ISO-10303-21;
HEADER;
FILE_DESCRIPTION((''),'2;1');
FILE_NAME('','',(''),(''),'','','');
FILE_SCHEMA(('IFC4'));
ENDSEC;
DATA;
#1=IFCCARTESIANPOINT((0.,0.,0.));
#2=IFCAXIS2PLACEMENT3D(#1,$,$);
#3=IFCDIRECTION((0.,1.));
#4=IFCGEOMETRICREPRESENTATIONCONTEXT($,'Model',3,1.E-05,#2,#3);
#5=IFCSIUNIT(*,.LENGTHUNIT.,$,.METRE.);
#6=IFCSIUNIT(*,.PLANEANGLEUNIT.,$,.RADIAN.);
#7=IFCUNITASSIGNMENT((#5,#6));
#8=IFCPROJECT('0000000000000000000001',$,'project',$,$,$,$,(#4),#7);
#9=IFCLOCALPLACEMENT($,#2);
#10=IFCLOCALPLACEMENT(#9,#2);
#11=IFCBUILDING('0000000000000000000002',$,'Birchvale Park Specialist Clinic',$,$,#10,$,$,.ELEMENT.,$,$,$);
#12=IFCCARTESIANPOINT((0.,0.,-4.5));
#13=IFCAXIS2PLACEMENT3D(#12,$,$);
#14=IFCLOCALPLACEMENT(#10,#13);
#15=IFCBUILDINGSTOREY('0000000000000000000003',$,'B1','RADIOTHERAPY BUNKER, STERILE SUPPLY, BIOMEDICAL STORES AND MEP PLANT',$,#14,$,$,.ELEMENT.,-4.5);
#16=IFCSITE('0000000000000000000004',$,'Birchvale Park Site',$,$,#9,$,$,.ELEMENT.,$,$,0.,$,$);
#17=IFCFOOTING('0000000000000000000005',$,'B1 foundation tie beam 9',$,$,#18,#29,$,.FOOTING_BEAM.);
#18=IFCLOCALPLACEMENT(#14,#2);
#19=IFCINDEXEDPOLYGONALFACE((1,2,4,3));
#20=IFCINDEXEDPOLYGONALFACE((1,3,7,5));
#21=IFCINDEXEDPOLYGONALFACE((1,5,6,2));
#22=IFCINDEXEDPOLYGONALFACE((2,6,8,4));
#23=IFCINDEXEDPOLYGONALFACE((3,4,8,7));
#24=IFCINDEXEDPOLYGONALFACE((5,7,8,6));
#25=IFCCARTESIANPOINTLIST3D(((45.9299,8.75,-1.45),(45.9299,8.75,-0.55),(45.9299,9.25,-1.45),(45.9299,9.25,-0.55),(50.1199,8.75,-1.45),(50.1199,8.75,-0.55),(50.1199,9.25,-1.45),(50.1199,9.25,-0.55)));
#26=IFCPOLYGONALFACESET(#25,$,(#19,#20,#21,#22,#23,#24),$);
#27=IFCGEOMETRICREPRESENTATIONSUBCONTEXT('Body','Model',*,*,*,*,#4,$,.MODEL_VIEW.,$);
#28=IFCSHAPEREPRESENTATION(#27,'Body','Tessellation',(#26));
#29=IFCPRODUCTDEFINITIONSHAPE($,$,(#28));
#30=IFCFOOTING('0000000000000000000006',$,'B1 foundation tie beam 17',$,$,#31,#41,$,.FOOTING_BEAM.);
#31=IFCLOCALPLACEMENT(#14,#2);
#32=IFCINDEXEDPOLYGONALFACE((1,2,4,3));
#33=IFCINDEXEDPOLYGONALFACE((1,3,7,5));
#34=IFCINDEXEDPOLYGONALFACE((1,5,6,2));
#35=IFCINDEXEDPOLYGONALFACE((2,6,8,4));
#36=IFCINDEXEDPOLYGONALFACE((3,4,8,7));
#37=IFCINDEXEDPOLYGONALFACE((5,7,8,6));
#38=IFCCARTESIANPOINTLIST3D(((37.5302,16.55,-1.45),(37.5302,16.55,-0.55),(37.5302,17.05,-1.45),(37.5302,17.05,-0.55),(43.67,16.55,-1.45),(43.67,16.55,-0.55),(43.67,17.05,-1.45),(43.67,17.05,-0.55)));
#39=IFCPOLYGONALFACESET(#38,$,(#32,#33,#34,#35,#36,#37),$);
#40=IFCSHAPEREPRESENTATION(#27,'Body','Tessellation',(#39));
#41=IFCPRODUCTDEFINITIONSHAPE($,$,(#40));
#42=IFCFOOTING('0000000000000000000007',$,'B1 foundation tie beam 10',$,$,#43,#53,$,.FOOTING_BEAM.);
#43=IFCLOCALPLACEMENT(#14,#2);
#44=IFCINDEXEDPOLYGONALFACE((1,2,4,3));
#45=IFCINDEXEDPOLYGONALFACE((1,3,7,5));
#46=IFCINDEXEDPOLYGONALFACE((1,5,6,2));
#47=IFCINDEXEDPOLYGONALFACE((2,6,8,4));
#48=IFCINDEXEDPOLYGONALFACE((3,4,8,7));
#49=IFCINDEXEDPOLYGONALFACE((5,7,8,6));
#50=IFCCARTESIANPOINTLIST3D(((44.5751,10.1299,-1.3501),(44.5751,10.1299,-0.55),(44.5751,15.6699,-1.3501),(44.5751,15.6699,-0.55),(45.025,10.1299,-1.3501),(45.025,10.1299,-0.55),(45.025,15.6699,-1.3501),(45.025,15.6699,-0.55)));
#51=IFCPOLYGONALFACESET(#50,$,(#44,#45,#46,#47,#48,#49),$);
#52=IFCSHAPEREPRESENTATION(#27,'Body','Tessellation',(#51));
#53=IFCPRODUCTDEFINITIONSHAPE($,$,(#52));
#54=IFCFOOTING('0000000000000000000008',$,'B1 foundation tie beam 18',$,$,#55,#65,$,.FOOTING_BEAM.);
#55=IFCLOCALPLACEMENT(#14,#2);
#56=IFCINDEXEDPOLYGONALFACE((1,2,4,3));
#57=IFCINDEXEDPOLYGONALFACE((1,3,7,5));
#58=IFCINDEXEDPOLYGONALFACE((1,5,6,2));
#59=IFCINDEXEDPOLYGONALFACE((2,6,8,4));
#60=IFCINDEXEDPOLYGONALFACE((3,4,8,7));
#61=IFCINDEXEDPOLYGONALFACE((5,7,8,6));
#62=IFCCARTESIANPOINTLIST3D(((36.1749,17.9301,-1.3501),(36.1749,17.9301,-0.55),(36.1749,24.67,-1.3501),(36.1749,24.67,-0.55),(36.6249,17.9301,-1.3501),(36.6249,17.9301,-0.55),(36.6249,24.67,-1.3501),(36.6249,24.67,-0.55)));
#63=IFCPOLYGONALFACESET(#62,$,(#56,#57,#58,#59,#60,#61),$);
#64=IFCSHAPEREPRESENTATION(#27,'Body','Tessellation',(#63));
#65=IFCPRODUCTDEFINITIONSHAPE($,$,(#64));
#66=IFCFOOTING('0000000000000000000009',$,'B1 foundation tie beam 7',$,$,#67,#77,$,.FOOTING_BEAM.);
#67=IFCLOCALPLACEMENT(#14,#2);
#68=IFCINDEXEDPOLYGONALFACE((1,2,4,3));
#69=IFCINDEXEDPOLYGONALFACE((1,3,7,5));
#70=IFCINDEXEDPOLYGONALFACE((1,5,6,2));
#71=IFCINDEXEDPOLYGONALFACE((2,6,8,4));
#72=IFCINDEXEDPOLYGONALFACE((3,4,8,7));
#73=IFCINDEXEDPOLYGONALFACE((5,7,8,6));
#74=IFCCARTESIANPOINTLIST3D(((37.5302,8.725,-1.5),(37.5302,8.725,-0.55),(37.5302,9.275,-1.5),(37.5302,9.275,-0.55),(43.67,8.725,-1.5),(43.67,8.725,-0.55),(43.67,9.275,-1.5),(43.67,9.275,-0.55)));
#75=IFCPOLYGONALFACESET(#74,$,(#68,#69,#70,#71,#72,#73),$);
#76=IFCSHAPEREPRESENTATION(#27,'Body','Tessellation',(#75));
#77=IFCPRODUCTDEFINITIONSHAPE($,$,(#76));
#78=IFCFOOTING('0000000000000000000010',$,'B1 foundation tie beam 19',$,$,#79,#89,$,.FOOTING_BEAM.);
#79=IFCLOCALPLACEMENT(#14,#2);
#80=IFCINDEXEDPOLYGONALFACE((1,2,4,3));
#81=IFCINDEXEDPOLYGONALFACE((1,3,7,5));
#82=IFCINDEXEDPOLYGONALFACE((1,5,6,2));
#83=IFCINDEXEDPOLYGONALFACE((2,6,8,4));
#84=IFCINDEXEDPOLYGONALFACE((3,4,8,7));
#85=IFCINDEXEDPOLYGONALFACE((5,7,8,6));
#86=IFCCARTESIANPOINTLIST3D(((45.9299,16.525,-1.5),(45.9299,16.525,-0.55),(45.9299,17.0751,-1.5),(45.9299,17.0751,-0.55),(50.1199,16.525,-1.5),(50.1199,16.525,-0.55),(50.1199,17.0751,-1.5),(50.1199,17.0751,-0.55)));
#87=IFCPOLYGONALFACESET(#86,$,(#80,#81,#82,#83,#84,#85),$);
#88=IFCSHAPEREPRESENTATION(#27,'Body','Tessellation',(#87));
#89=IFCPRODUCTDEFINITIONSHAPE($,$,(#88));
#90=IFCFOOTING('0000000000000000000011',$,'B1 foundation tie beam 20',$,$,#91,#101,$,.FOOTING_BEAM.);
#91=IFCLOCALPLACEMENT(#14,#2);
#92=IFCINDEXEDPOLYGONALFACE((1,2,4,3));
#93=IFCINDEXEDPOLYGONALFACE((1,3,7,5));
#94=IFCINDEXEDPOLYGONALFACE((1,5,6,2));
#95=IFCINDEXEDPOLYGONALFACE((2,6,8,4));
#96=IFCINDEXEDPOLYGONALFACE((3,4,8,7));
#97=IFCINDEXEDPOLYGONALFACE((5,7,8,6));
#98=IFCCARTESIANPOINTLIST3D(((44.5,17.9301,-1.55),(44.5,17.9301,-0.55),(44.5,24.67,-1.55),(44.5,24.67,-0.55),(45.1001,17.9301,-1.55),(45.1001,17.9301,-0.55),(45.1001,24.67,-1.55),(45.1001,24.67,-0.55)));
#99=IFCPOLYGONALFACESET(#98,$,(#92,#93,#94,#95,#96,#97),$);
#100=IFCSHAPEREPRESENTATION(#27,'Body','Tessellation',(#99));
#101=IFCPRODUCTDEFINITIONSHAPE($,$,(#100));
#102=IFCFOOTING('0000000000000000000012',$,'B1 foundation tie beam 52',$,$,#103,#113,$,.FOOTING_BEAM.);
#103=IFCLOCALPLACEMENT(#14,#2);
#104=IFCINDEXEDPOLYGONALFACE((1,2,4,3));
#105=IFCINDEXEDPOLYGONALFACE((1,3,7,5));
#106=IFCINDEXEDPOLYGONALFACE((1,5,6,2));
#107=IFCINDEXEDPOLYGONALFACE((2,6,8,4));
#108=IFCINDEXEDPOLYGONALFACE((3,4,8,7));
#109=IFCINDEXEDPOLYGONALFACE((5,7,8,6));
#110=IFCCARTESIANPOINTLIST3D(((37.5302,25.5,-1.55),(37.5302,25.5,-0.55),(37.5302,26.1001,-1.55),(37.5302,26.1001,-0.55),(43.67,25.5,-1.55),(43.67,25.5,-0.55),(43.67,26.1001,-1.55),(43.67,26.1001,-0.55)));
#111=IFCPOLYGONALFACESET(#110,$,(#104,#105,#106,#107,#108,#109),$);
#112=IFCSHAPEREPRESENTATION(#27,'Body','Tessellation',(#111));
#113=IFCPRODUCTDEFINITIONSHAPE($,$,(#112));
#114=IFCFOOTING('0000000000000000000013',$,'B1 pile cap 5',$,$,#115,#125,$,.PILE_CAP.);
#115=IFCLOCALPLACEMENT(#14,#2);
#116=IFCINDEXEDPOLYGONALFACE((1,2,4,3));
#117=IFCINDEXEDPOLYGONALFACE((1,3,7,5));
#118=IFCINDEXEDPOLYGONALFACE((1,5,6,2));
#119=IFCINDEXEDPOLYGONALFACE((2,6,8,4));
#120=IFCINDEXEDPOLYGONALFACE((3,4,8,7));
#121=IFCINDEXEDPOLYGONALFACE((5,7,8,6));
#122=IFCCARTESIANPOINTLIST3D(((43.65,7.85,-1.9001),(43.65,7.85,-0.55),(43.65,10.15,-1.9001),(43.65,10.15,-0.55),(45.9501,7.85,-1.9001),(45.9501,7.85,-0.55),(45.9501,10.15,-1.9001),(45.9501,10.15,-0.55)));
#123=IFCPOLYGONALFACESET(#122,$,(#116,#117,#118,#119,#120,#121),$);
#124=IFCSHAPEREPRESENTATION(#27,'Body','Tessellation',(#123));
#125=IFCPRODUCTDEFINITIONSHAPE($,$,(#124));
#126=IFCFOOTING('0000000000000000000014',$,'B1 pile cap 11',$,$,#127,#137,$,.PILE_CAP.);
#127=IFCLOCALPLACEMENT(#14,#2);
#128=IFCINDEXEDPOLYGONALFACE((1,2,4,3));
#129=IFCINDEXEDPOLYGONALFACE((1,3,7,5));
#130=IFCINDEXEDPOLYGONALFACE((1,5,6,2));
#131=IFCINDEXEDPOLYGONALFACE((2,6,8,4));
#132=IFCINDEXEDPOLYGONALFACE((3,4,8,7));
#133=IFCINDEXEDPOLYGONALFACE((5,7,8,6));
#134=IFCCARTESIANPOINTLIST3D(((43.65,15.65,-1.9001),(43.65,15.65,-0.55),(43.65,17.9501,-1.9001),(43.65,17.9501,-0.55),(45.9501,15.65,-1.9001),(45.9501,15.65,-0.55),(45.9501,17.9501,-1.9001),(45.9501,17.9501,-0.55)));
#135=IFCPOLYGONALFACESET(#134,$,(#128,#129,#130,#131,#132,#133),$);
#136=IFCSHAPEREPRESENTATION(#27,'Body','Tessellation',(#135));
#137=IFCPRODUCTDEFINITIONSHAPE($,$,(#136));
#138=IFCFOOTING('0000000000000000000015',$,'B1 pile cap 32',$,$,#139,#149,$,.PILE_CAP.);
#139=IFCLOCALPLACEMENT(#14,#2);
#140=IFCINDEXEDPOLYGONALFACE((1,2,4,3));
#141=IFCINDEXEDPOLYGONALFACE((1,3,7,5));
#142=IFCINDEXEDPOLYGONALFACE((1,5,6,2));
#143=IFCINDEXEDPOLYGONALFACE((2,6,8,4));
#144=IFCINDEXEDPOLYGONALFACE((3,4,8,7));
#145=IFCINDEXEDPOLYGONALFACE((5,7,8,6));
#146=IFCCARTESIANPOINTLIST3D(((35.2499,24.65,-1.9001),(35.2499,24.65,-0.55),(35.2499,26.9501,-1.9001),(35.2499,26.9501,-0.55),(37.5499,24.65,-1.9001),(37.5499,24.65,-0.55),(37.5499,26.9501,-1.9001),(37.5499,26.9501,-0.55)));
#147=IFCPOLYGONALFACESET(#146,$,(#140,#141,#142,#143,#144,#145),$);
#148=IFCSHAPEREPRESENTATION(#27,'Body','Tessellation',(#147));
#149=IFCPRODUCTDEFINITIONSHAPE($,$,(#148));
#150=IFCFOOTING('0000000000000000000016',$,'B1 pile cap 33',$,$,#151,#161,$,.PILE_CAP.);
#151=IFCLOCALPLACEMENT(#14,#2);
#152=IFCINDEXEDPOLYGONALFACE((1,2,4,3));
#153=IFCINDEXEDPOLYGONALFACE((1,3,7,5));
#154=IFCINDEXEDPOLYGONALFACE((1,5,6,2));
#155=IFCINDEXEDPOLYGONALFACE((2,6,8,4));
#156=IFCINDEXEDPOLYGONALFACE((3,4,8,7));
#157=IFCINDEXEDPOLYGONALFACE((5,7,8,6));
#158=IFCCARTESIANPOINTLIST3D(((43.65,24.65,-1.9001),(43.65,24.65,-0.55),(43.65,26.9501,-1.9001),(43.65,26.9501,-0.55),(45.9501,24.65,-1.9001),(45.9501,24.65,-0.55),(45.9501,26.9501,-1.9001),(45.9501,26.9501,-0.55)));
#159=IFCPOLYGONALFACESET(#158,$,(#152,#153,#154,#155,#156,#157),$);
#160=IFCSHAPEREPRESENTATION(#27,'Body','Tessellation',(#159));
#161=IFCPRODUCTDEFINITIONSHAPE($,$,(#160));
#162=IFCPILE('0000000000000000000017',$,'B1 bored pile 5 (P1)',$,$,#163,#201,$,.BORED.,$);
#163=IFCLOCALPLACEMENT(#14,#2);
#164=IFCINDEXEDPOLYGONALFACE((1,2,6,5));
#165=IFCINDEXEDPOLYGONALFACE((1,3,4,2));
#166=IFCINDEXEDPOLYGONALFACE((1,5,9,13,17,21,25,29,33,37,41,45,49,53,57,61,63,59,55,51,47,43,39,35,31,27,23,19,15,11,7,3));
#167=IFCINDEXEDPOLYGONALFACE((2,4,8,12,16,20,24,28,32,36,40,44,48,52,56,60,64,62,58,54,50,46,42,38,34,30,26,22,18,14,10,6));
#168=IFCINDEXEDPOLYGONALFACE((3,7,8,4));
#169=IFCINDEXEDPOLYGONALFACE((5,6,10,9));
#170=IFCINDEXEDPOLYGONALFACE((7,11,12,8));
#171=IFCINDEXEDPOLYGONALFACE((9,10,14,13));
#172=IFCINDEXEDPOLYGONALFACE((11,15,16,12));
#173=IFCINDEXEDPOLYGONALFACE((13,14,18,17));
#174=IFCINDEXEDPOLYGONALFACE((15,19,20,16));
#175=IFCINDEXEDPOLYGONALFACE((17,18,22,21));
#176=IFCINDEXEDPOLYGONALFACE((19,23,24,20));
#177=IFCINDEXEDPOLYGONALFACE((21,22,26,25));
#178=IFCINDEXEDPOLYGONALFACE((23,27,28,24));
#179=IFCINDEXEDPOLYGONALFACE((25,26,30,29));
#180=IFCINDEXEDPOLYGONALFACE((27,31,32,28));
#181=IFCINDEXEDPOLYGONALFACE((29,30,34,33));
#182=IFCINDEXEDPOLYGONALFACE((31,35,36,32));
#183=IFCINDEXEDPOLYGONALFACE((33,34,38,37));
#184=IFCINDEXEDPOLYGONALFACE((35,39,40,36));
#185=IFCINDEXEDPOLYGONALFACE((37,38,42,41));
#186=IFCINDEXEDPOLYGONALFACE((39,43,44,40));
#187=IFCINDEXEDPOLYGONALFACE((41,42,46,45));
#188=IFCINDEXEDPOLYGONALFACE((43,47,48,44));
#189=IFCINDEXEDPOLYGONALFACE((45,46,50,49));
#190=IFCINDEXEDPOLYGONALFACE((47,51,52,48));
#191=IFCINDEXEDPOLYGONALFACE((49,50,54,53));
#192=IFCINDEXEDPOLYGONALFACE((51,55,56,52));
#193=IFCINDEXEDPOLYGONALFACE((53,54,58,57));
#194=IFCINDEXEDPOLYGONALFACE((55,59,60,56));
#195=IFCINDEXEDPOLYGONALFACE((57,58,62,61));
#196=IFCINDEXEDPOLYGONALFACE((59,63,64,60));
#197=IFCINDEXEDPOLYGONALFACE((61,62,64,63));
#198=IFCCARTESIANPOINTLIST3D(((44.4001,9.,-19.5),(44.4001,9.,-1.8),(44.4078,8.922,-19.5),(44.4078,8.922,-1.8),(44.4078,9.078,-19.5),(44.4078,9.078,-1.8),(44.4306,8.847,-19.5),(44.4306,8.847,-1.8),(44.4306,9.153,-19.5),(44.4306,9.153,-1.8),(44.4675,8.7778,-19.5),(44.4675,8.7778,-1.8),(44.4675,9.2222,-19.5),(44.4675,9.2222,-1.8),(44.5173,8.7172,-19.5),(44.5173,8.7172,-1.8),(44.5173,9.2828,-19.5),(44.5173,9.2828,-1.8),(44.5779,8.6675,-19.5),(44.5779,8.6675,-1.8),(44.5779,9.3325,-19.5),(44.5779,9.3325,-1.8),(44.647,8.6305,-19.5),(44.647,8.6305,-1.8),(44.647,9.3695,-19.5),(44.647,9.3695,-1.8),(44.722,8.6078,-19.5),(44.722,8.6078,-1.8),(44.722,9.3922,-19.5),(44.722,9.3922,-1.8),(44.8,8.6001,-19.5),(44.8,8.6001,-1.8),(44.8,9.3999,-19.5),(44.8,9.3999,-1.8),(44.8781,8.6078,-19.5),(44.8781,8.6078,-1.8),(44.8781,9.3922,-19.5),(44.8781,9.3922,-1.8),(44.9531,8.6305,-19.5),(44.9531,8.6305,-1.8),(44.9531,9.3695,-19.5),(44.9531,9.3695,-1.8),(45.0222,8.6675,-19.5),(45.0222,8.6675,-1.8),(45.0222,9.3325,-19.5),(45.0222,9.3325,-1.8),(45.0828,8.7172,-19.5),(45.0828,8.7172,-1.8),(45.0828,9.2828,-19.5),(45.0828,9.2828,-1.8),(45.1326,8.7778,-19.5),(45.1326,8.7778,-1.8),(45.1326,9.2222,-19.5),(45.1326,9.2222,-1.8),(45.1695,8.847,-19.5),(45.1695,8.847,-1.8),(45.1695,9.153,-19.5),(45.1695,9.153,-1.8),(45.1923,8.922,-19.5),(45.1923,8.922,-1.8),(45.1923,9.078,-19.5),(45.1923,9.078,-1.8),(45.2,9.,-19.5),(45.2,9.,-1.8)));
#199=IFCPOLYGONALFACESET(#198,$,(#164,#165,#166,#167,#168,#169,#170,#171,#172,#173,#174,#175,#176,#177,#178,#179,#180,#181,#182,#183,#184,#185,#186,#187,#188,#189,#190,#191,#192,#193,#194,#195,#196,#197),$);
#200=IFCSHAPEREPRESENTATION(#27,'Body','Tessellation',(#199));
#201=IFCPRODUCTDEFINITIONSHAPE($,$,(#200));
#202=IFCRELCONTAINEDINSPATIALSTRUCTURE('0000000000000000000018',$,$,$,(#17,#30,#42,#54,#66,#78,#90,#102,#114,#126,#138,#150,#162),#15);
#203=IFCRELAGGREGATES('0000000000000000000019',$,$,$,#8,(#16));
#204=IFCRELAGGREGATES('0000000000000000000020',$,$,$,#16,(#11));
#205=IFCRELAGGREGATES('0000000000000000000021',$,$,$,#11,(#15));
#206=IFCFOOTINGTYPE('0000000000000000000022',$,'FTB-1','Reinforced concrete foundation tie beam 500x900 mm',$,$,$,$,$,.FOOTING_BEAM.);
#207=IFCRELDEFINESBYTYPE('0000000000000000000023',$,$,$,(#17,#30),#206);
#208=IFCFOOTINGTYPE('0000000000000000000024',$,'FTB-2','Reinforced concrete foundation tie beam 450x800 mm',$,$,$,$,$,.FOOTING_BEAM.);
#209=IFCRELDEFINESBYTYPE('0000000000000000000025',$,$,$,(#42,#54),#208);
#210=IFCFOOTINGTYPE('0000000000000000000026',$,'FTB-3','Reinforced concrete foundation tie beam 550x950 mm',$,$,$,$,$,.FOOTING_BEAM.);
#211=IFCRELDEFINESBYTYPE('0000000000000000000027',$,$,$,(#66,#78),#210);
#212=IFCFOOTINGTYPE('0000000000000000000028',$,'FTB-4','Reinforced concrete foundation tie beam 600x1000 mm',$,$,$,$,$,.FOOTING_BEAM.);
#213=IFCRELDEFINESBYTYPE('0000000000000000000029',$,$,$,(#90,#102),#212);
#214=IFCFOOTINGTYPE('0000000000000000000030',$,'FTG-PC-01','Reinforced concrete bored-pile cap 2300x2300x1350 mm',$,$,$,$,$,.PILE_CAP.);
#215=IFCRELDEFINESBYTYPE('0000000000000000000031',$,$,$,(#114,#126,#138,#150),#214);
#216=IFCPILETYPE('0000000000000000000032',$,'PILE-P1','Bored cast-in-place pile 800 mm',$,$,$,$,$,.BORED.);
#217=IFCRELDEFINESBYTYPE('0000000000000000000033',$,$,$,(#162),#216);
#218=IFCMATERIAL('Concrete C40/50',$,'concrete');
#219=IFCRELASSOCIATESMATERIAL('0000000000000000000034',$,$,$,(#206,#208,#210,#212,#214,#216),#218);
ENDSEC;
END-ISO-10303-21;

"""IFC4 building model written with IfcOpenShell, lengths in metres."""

from ifc_helpers import new_model, si_unit, direction, frame, origin, origin_2d, place, context, subcontext, project, spatial, rectangle, circle, extrude, material, material_profile, profile_set, type_object, element, save


model = new_model("IFC4")

# Units and contexts
model_context = context("Model", 3, precision=1e-05, world=origin(), true_north=direction((0.0, 1.0)))
body_context = subcontext(model_context, "Body", "Model", "MODEL_VIEW")
ifc_project = project(units=[si_unit("LENGTHUNIT", "METRE"), si_unit("PLANEANGLEUNIT", "RADIAN")], contexts=[model_context])

# Site, building, storey
site_placement = place(None, origin())
site = spatial("IfcSite", under=ifc_project, at=site_placement, Name="Birchvale Park Site", CompositionType="ELEMENT", RefElevation=0.0)
building_placement = place(site_placement, origin())
building = spatial("IfcBuilding", under=site, at=building_placement, Name="Birchvale Park Specialist Clinic", CompositionType="ELEMENT")
storey_placement = place(building_placement, frame((0.0, 0.0, -4.5)))
storey = spatial("IfcBuildingStorey", under=building, at=storey_placement, Name="B1", Description="RADIOTHERAPY BUNKER, STERILE SUPPLY, BIOMEDICAL STORES AND MEP PLANT", CompositionType="ELEMENT", Elevation=-4.5)

# Footings
ifc_material_1 = material(Name="Concrete C40/50", Category="concrete")
footing_type_1 = type_object("IfcFootingType", Name="FTB-1", Description="Reinforced concrete foundation tie beam 500x900 mm", PredefinedType="FOOTING_BEAM", material=ifc_material_1)
footing_1_placement = place(storey_placement, frame((48.0249, 9.0, -1.45), z_axis=(0.0, 0.0, 1.0), x_axis=(1.0, 0.0, 0.0)))
element("IfcFooting", 1, at=footing_1_placement, inside=storey, type_object=footing_type_1, Name="B1 foundation tie beam 9", PredefinedType="FOOTING_BEAM", context=body_context, shape_type="SweptSolid", body=[
    extrude(rectangle(XDim=4.1899, YDim=0.5, at=origin_2d()), origin(), (0.0, 0.0, 1.0), 0.8999),
])
footing_2_placement = place(storey_placement, frame((40.6001, 16.8, -1.45), z_axis=(0.0, 0.0, 1.0), x_axis=(1.0, 0.0, 0.0)))
element("IfcFooting", 2, at=footing_2_placement, inside=storey, type_object=footing_type_1, Name="B1 foundation tie beam 17", PredefinedType="FOOTING_BEAM", context=body_context, shape_type="SweptSolid", body=[
    extrude(rectangle(XDim=6.1399, YDim=0.5, at=origin_2d()), origin(), (0.0, 0.0, 1.0), 0.8999),
])
footing_type_2 = type_object("IfcFootingType", Name="FTB-2", Description="Reinforced concrete foundation tie beam 450x800 mm", PredefinedType="FOOTING_BEAM", material=ifc_material_1)
footing_3_placement = place(storey_placement, frame((44.8, 12.8999, -1.3501), z_axis=(0.0, 0.0, 1.0), x_axis=(1.0, 0.0, 0.0)))
element("IfcFooting", 3, at=footing_3_placement, inside=storey, type_object=footing_type_2, Name="B1 foundation tie beam 10", PredefinedType="FOOTING_BEAM", context=body_context, shape_type="SweptSolid", body=[
    extrude(rectangle(XDim=0.45, YDim=5.54, at=origin_2d()), origin(), (0.0, 0.0, 1.0), 0.8),
])
footing_4_placement = place(storey_placement, frame((36.3999, 21.3, -1.3501), z_axis=(0.0, 0.0, 1.0), x_axis=(1.0, 0.0, 0.0)))
element("IfcFooting", 4, at=footing_4_placement, inside=storey, type_object=footing_type_2, Name="B1 foundation tie beam 18", PredefinedType="FOOTING_BEAM", context=body_context, shape_type="SweptSolid", body=[
    extrude(rectangle(XDim=0.45, YDim=6.74, at=origin_2d()), origin(), (0.0, 0.0, 1.0), 0.8),
])
footing_type_3 = type_object("IfcFootingType", Name="FTB-3", Description="Reinforced concrete foundation tie beam 550x950 mm", PredefinedType="FOOTING_BEAM", material=ifc_material_1)
footing_5_placement = place(storey_placement, frame((40.6001, 9.0, -1.5), z_axis=(0.0, 0.0, 1.0), x_axis=(1.0, 0.0, 0.0)))
element("IfcFooting", 5, at=footing_5_placement, inside=storey, type_object=footing_type_3, Name="B1 foundation tie beam 7", PredefinedType="FOOTING_BEAM", context=body_context, shape_type="SweptSolid", body=[
    extrude(rectangle(XDim=6.1399, YDim=0.55, at=origin_2d()), origin(), (0.0, 0.0, 1.0), 0.95),
])
footing_6_placement = place(storey_placement, frame((48.0249, 16.8, -1.5), z_axis=(0.0, 0.0, 1.0), x_axis=(1.0, 0.0, 0.0)))
element("IfcFooting", 6, at=footing_6_placement, inside=storey, type_object=footing_type_3, Name="B1 foundation tie beam 19", PredefinedType="FOOTING_BEAM", context=body_context, shape_type="SweptSolid", body=[
    extrude(rectangle(XDim=4.1899, YDim=0.55, at=origin_2d()), origin(), (0.0, 0.0, 1.0), 0.95),
])
footing_type_4 = type_object("IfcFootingType", Name="FTB-4", Description="Reinforced concrete foundation tie beam 600x1000 mm", PredefinedType="FOOTING_BEAM", material=ifc_material_1)
footing_7_placement = place(storey_placement, frame((44.8, 21.3, -1.55), z_axis=(0.0, 0.0, 1.0), x_axis=(1.0, 0.0, 0.0)))
element("IfcFooting", 7, at=footing_7_placement, inside=storey, type_object=footing_type_4, Name="B1 foundation tie beam 20", PredefinedType="FOOTING_BEAM", context=body_context, shape_type="SweptSolid", body=[
    extrude(rectangle(XDim=0.6001, YDim=6.74, at=origin_2d()), origin(), (0.0, 0.0, 1.0), 1.0),
])
footing_8_placement = place(storey_placement, frame((40.6001, 25.8, -1.55), z_axis=(0.0, 0.0, 1.0), x_axis=(1.0, 0.0, 0.0)))
element("IfcFooting", 8, at=footing_8_placement, inside=storey, type_object=footing_type_4, Name="B1 foundation tie beam 52", PredefinedType="FOOTING_BEAM", context=body_context, shape_type="SweptSolid", body=[
    extrude(rectangle(XDim=6.1399, YDim=0.6001, at=origin_2d()), origin(), (0.0, 0.0, 1.0), 1.0),
])
footing_type_5 = type_object("IfcFootingType", Name="FTG-PC-01", Description="Reinforced concrete bored-pile cap 2300x2300x1350 mm", PredefinedType="PILE_CAP", material=ifc_material_1)
for number, where, z_axis, x_axis, name in (
    (9, (44.8, 9.0, -1.9001), (0.0, 0.0, 1.0), (1.0, 0.0, 0.0), "B1 pile cap 5"),
    (10, (44.8, 16.8, -1.9001), (0.0, 0.0, 1.0), (1.0, 0.0, 0.0), "B1 pile cap 11"),
    (11, (36.3999, 25.8, -1.9001), (0.0, 0.0, 1.0), (1.0, 0.0, 0.0), "B1 pile cap 32"),
    (12, (44.8, 25.8, -1.9001), (0.0, 0.0, 1.0), (1.0, 0.0, 0.0), "B1 pile cap 33"),
):
    element("IfcFooting", number, at=place(storey_placement, frame(where, z_axis=z_axis, x_axis=x_axis)), inside=storey, type_object=footing_type_5, Name=name, PredefinedType="PILE_CAP", context=body_context, shape_type="SweptSolid", body=[
        extrude(rectangle(XDim=2.3, YDim=2.3, at=origin_2d()), origin(), (0.0, 0.0, 1.0), 1.3501),
    ])

# Pile
ifc_material_profile_1 = material_profile(ifc_material_1, circle(Radius=0.3999, at=origin_2d()), Name="PILE-800")
ifc_profile_set_1 = profile_set([ifc_material_profile_1], Name="Concrete C40/50")
pile_type_1 = type_object("IfcPileType", Name="PILE-P1", Description="Bored cast-in-place pile 800 mm", PredefinedType="BORED", material=ifc_profile_set_1)
for number, where, z_axis, x_axis, name in (
    (13, (44.8, 9.0, -1.8), (0.0, 0.0, -1.0), (1.0, 0.0, 0.0), "B1 bored pile 5 (P1)"),
):
    element("IfcPile", number, at=place(storey_placement, frame(where, z_axis=z_axis, x_axis=x_axis)), inside=storey, type_object=pile_type_1, Name=name, PredefinedType="BORED", context=body_context, shape_type="SweptSolid", body=[
        extrude(circle(Radius=0.3999, at=origin_2d()), origin(), (0.0, 0.0, 1.0), 17.7),
    ])

save(model, "model.ifc")
